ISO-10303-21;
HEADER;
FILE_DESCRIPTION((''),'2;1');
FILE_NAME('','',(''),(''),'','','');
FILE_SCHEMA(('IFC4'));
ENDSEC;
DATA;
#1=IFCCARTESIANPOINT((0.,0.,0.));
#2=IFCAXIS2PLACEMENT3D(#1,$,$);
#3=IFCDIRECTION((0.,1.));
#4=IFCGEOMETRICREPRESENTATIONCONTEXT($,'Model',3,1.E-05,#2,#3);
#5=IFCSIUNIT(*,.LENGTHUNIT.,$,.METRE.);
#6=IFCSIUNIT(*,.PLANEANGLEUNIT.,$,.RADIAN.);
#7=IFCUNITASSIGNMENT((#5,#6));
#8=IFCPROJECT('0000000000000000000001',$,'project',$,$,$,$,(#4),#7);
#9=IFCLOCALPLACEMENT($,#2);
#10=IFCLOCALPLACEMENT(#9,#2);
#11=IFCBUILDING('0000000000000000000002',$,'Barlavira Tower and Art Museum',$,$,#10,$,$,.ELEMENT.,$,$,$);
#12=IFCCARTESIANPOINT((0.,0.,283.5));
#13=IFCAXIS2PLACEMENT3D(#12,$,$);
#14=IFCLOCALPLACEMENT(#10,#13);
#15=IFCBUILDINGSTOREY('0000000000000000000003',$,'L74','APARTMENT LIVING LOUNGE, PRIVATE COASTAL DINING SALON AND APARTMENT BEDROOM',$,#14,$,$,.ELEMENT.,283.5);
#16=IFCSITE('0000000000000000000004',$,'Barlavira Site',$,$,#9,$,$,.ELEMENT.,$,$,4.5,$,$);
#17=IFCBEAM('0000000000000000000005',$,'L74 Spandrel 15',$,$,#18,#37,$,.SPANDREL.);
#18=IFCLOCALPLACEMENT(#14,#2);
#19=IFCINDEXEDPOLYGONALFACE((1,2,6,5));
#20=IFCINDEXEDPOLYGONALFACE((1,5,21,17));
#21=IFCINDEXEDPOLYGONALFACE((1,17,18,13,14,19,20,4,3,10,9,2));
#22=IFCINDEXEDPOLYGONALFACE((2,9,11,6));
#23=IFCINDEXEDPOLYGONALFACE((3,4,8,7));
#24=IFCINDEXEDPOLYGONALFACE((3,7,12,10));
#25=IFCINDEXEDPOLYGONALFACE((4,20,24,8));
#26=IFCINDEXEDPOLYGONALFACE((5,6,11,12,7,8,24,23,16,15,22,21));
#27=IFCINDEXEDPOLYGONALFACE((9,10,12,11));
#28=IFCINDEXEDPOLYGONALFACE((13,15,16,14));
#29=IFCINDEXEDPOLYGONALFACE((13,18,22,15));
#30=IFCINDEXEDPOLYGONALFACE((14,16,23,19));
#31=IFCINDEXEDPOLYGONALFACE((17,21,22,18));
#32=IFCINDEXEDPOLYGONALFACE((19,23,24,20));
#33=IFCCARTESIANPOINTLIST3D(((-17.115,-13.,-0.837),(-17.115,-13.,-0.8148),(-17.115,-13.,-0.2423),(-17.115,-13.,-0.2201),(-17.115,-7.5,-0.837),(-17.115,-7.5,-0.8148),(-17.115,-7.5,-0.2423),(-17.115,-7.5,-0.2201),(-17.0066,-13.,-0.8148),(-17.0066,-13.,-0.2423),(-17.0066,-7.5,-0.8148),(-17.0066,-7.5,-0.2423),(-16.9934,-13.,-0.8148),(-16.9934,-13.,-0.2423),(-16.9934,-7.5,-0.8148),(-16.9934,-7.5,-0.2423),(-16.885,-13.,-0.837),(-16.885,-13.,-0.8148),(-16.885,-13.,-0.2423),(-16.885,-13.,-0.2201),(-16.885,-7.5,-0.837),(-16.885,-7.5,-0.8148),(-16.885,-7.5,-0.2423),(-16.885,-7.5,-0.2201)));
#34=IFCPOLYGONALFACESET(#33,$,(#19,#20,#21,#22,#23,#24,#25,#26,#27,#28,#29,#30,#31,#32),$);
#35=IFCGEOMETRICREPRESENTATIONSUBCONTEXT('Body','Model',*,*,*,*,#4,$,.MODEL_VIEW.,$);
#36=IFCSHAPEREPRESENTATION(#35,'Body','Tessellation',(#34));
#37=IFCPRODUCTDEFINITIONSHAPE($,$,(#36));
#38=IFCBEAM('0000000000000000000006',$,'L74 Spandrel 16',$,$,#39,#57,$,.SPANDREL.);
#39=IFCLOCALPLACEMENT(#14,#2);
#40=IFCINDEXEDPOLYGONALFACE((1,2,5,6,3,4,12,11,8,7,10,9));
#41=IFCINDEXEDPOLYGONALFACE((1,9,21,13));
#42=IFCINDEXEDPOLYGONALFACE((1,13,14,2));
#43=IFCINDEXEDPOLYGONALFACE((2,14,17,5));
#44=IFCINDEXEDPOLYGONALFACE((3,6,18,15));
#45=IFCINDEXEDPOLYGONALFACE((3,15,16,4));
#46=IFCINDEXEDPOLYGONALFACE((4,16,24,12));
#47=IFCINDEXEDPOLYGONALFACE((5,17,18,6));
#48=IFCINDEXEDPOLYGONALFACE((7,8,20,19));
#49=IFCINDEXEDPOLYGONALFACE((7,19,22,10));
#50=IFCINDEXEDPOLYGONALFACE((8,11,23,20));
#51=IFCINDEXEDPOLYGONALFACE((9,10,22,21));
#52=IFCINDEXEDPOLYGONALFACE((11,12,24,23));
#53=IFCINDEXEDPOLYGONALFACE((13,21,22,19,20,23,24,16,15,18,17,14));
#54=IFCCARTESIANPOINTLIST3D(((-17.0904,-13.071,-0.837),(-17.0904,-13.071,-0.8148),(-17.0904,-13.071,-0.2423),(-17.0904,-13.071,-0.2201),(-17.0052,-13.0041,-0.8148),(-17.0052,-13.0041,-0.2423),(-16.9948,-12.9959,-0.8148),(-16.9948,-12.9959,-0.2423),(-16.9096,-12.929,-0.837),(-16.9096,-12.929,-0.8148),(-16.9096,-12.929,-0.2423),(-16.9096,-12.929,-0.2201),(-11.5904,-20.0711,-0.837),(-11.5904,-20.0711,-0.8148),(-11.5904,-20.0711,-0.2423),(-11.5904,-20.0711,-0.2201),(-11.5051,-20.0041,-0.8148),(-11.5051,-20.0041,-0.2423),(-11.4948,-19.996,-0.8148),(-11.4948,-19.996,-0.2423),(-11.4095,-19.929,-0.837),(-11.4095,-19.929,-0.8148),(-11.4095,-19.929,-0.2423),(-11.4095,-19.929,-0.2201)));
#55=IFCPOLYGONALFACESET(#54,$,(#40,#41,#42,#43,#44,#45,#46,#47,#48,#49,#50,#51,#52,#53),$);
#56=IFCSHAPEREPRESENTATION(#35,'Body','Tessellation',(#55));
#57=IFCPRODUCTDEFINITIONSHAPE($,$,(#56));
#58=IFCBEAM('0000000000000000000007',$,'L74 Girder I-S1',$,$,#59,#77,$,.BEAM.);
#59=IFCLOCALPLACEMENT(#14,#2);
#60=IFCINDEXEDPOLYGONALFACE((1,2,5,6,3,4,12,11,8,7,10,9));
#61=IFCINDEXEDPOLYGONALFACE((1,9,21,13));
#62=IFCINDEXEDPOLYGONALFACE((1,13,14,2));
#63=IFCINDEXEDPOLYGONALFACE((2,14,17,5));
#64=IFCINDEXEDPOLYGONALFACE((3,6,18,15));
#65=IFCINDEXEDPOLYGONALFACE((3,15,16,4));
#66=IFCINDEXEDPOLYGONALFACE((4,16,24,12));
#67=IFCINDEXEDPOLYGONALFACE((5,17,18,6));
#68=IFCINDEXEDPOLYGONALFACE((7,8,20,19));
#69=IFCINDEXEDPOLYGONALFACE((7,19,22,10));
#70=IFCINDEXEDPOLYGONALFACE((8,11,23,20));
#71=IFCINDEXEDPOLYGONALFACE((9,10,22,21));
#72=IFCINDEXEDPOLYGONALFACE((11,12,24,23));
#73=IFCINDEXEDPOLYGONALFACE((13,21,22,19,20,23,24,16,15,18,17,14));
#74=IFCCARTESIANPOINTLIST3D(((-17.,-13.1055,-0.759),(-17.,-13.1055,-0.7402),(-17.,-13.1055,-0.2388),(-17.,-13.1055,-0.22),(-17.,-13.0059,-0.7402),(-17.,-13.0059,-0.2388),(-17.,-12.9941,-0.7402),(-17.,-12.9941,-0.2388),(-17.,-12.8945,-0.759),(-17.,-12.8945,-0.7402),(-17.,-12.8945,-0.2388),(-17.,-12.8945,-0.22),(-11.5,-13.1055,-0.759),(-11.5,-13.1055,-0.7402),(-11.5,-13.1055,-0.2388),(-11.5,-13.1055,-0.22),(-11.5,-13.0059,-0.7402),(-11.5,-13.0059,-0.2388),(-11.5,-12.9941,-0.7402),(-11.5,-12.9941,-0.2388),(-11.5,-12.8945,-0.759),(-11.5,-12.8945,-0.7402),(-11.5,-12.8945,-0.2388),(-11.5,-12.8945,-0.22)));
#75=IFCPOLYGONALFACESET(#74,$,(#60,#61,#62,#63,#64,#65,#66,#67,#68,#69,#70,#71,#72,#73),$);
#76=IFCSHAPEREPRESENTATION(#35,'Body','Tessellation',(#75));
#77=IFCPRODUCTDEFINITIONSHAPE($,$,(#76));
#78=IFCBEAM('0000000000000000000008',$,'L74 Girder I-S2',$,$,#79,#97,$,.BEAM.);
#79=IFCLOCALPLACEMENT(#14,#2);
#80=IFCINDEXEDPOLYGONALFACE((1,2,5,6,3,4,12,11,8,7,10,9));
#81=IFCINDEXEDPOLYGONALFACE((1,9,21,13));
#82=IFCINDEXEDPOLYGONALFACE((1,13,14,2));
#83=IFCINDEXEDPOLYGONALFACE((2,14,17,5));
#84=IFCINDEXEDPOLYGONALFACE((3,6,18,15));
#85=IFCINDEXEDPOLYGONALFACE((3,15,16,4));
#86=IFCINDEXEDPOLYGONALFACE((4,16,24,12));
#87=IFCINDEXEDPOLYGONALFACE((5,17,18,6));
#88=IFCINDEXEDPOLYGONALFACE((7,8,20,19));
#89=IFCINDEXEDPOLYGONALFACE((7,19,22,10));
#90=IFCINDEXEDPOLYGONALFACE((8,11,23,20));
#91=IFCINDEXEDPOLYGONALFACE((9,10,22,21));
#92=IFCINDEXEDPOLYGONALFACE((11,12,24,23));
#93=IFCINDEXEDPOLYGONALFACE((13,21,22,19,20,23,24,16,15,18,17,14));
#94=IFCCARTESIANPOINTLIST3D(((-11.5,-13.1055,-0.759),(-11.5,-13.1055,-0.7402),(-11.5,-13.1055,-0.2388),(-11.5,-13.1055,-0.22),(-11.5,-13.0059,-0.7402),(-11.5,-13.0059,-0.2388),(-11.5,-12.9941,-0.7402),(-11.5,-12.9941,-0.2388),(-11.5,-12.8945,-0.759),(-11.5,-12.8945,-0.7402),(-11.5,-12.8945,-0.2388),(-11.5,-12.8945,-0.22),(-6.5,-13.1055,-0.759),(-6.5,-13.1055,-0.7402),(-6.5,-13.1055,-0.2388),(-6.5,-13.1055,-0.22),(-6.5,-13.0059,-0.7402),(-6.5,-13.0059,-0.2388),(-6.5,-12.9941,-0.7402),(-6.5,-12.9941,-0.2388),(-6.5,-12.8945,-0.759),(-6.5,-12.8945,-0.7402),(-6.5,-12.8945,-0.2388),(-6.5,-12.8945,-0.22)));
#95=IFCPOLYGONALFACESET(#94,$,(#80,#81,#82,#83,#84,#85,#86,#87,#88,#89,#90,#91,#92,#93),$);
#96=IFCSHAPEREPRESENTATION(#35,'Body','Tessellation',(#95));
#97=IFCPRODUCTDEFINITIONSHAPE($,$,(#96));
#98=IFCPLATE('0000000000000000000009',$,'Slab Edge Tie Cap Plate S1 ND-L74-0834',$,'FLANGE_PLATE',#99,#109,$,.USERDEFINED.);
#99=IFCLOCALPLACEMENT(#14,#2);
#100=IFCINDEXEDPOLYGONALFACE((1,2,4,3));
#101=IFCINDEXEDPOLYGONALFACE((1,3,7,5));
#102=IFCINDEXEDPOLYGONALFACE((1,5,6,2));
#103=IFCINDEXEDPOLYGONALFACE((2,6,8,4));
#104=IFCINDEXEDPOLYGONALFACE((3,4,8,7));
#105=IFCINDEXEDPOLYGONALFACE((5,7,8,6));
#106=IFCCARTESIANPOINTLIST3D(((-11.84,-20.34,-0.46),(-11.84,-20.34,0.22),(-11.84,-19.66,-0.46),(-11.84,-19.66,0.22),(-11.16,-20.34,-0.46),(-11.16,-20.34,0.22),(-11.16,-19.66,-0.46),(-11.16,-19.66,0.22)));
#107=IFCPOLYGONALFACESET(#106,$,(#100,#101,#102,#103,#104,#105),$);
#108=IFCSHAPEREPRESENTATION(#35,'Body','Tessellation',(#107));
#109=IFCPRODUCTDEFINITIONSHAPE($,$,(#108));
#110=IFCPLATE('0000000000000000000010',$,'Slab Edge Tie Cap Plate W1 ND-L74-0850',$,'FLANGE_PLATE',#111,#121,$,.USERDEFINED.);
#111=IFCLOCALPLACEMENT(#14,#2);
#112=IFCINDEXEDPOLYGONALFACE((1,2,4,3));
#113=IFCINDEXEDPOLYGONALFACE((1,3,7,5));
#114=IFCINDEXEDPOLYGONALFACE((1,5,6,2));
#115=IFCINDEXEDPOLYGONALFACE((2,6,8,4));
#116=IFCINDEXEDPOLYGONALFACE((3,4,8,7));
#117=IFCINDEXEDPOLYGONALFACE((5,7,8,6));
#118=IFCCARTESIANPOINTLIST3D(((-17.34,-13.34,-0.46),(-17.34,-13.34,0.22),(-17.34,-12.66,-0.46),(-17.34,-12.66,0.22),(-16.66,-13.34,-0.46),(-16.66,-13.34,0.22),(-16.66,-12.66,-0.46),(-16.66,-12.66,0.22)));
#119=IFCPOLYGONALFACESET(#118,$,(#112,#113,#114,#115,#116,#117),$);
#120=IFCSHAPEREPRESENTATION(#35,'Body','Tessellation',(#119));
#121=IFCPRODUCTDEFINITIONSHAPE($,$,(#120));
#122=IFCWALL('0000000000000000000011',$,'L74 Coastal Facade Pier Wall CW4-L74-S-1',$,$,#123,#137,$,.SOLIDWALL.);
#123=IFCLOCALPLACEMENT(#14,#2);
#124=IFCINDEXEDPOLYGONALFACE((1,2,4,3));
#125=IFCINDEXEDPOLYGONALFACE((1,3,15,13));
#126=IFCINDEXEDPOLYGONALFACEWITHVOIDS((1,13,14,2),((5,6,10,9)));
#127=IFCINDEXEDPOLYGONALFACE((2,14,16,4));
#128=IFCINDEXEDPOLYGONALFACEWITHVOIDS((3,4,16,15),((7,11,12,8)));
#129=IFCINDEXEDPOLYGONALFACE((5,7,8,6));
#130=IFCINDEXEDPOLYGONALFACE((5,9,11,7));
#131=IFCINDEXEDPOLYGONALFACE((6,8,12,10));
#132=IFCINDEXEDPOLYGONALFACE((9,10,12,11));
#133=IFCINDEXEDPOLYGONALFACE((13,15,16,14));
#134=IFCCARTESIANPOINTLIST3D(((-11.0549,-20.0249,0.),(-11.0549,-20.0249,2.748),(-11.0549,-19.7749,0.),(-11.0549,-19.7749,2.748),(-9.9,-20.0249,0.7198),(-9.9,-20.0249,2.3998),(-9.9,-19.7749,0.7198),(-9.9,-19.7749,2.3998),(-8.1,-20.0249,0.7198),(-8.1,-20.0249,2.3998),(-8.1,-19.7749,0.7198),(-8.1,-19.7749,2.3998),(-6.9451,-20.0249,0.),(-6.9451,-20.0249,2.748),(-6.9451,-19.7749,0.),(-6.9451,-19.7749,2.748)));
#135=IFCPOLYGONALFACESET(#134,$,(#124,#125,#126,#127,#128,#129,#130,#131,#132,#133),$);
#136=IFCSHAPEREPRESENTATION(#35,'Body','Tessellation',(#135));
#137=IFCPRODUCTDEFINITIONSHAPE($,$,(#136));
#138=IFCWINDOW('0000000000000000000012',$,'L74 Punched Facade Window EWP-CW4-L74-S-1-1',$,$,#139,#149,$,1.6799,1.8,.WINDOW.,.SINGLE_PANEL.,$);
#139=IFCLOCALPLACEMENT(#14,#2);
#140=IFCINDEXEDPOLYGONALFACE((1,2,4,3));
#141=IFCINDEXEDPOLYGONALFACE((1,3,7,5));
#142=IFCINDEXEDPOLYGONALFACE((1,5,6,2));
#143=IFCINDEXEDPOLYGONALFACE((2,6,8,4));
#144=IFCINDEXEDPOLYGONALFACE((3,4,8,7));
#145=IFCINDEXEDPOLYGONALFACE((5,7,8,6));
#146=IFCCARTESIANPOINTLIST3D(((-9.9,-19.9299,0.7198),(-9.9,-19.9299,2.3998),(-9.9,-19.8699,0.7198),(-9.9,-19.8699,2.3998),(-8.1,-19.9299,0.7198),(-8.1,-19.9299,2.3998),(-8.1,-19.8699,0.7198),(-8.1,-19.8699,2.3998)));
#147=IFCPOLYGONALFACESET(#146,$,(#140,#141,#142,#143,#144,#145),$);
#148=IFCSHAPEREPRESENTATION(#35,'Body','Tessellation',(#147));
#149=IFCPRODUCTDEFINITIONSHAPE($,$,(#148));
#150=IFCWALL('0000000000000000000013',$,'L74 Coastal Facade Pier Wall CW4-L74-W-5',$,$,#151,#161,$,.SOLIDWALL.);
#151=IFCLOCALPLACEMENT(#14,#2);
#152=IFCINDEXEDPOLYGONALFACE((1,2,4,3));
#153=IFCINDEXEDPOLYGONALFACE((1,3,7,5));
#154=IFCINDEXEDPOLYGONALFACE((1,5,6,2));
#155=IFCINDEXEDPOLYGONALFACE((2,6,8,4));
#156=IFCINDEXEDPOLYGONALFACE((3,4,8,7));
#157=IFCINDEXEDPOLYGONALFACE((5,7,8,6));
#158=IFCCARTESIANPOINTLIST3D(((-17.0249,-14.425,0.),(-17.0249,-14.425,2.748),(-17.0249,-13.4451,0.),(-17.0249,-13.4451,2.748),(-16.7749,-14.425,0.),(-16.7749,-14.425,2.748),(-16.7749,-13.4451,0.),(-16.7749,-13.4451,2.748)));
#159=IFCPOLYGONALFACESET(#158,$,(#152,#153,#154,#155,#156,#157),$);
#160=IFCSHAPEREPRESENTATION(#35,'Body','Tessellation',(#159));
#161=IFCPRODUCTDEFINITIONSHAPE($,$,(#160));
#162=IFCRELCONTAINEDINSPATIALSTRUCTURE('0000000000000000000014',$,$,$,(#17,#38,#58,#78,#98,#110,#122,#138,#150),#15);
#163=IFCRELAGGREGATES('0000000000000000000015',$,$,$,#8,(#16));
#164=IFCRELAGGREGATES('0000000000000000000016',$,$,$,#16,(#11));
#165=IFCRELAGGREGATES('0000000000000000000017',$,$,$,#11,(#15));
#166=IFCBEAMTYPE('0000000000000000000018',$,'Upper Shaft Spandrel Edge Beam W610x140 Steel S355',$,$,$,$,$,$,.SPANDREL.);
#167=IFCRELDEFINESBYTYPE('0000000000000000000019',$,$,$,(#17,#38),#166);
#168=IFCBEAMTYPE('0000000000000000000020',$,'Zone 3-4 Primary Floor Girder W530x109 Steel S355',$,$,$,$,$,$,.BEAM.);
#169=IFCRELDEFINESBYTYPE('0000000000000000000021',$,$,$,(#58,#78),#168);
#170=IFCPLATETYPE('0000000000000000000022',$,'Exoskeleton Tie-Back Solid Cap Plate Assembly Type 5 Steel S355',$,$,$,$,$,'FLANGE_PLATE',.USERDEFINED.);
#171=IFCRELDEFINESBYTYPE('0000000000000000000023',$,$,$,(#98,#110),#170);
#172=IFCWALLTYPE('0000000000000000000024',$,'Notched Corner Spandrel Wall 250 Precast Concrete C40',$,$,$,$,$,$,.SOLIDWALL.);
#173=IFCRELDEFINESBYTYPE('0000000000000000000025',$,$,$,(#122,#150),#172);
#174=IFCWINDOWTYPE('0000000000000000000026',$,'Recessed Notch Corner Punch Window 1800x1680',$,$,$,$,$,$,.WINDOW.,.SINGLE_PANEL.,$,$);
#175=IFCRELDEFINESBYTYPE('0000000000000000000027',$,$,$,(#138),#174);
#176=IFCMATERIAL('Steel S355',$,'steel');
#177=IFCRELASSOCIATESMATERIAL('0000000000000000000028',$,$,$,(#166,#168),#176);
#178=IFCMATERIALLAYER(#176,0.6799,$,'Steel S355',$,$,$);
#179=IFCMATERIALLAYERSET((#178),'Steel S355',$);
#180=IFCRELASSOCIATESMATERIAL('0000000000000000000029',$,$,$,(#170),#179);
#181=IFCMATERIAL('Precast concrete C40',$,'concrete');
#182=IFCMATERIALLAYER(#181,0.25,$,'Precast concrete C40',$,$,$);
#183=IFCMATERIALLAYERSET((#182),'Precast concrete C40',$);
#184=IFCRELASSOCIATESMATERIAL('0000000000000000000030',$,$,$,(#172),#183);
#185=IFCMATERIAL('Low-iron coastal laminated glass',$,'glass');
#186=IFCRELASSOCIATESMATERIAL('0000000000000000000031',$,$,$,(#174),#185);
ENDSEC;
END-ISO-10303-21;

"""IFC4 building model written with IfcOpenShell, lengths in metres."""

from ifc_helpers import new_model, si_unit, direction, frame, frame_2d, origin, origin_2d, place, context, subcontext, project, spatial, rectangle, i_section, extrude, material, layer, layer_set, material_profile, profile_set, type_object, element, fill, save


model = new_model("IFC4")

# Units and contexts
model_context = context("Model", 3, precision=1e-05, world=origin(), true_north=direction((0.0, 1.0)))
body_context = subcontext(model_context, "Body", "Model", "MODEL_VIEW")
ifc_project = project(units=[si_unit("LENGTHUNIT", "METRE"), si_unit("PLANEANGLEUNIT", "RADIAN")], contexts=[model_context])

# Site, building, storey
site_placement = place(None, origin())
site = spatial("IfcSite", under=ifc_project, at=site_placement, Name="Barlavira Site", CompositionType="ELEMENT", RefElevation=4.5)
building_placement = place(site_placement, origin())
building = spatial("IfcBuilding", under=site, at=building_placement, Name="Barlavira Tower and Art Museum", CompositionType="ELEMENT")
storey_placement = place(building_placement, frame((0.0, 0.0, 283.5)))
storey = spatial("IfcBuildingStorey", under=building, at=storey_placement, Name="L74", Description="APARTMENT LIVING LOUNGE, PRIVATE COASTAL DINING SALON AND APARTMENT BEDROOM", CompositionType="ELEMENT", Elevation=283.5)

# Shared definitions
ifc_material_1 = material(Name="Steel S355", Category="steel")

# Beams
ifc_material_profile_1 = material_profile(ifc_material_1, i_section(OverallWidth=0.23, OverallDepth=0.6169, WebThickness=0.0132, FlangeThickness=0.0222, at=origin_2d()), Name="W610x140.0")
ifc_profile_set_1 = profile_set([ifc_material_profile_1], Name="Steel S355")
beam_type_1 = type_object("IfcBeamType", Name="Upper Shaft Spandrel Edge Beam W610x140 Steel S355", PredefinedType="SPANDREL", material=ifc_profile_set_1)
beam_1_placement = place(storey_placement, frame((-17.0, -13.0, -0.5286), z_axis=(0.0, 1.0, 0.0), x_axis=(-1.0, 0.0, 0.0)))
element("IfcBeam", 1, at=beam_1_placement, inside=storey, type_object=beam_type_1, Name="L74 Spandrel 15", PredefinedType="SPANDREL", context=body_context, shape_type="SweptSolid", body=[
    extrude(i_section(OverallWidth=0.23, OverallDepth=0.6169, WebThickness=0.0132, FlangeThickness=0.0222, at=origin_2d()), origin(), (0.0, 0.0, 1.0), 5.5),
])
beam_2_placement = place(storey_placement, frame((-17.0, -13.0, -0.5286), z_axis=(0.617822, -0.786318, 0.0), x_axis=(0.786318, 0.617822, 0.0)))
element("IfcBeam", 2, at=beam_2_placement, inside=storey, type_object=beam_type_1, Name="L74 Spandrel 16", PredefinedType="SPANDREL", context=body_context, shape_type="SweptSolid", body=[
    extrude(i_section(OverallWidth=0.23, OverallDepth=0.6169, WebThickness=0.0132, FlangeThickness=0.0222, at=origin_2d()), origin(), (0.0, 0.0, 1.0), 8.9023),
])
ifc_material_profile_2 = material_profile(ifc_material_1, i_section(OverallWidth=0.2109, OverallDepth=0.5391, WebThickness=0.0117, FlangeThickness=0.0188, at=origin_2d()), Name="W530x109.0")
ifc_profile_set_2 = profile_set([ifc_material_profile_2], Name="Steel S355")
beam_type_2 = type_object("IfcBeamType", Name="Zone 3-4 Primary Floor Girder W530x109 Steel S355", PredefinedType="BEAM", material=ifc_profile_set_2)
beam_3_placement = place(storey_placement, frame((-17.0, -13.0, -0.4895), z_axis=(1.0, 0.0, 0.0), x_axis=(0.0, 1.0, 0.0)))
element("IfcBeam", 3, at=beam_3_placement, inside=storey, type_object=beam_type_2, Name="L74 Girder I-S1", PredefinedType="BEAM", context=body_context, shape_type="SweptSolid", body=[
    extrude(i_section(OverallWidth=0.2109, OverallDepth=0.5391, WebThickness=0.0117, FlangeThickness=0.0188, at=origin_2d()), origin(), (0.0, 0.0, 1.0), 5.5),
])
beam_4_placement = place(storey_placement, frame((-11.5, -13.0, -0.4895), z_axis=(1.0, 0.0, 0.0), x_axis=(0.0, 1.0, 0.0)))
element("IfcBeam", 4, at=beam_4_placement, inside=storey, type_object=beam_type_2, Name="L74 Girder I-S2", PredefinedType="BEAM", context=body_context, shape_type="SweptSolid", body=[
    extrude(i_section(OverallWidth=0.2109, OverallDepth=0.5391, WebThickness=0.0117, FlangeThickness=0.0188, at=origin_2d()), origin(), (0.0, 0.0, 1.0), 5.0),
])

# Plates
ifc_layer_1 = layer(ifc_material_1, 0.6799, Name="Steel S355")
ifc_layer_set_1 = layer_set([ifc_layer_1], Name="Steel S355")
plate_type = type_object("IfcPlateType", Name="Exoskeleton Tie-Back Solid Cap Plate Assembly Type 5 Steel S355", ElementType="FLANGE_PLATE", PredefinedType="USERDEFINED", material=ifc_layer_set_1)
for number, where, z_axis, x_axis, name in (
    (5, (-11.5, -20.0, -0.46), (0.0, 0.0, 1.0), (1.0, 0.0, 0.0), "Slab Edge Tie Cap Plate S1 ND-L74-0834"),
    (6, (-17.0, -13.0, -0.46), (0.0, 0.0, 1.0), (1.0, 0.0, 0.0), "Slab Edge Tie Cap Plate W1 ND-L74-0850"),
):
    element("IfcPlate", number, at=place(storey_placement, frame(where, z_axis=z_axis, x_axis=x_axis)), inside=storey, type_object=plate_type, Name=name, ObjectType="FLANGE_PLATE", PredefinedType="USERDEFINED", context=body_context, shape_type="SweptSolid", body=[
        extrude(rectangle(XDim=0.6799, YDim=0.6799, at=origin_2d()), origin(), (0.0, 0.0, 1.0), 0.6799),
    ])

# Wall, opening, window
ifc_material_2 = material(Name="Precast concrete C40", Category="concrete")
ifc_layer_2 = layer(ifc_material_2, 0.25, Name="Precast concrete C40")
ifc_layer_set_2 = layer_set([ifc_layer_2], Name="Precast concrete C40")
wall_type = type_object("IfcWallType", Name="Notched Corner Spandrel Wall 250 Precast Concrete C40", PredefinedType="SOLIDWALL", material=ifc_layer_set_2)
wall_1_placement = place(storey_placement, frame((-11.0549, -19.8999, 0.0), z_axis=(0.0, 0.0, 1.0), x_axis=(1.0, 0.0, 0.0)))
wall_1 = element("IfcWall", 7, at=wall_1_placement, inside=storey, type_object=wall_type, Name="L74 Coastal Facade Pier Wall CW4-L74-S-1", PredefinedType="SOLIDWALL", context=body_context, shape_type="SweptSolid", body=[
    extrude(rectangle(XDim=4.1099, YDim=0.25, at=frame_2d((2.0549, 0.0))), origin(), (0.0, 0.0, 1.0), 2.748),
])
opening_1_placement = place(wall_1_placement, frame((1.155, 0.0, 0.72)))
opening_1 = element("IfcOpeningElement", 8, at=opening_1_placement, cuts=wall_1, PredefinedType="OPENING", context=body_context, shape_type="SweptSolid", body=[
    extrude(rectangle(XDim=1.8, YDim=1.6799, at=frame_2d((0.8999, 0.8398))), frame((0.0, 0.135, 0.0), z_axis=(0.0, -1.0, 0.0), x_axis=(1.0, 0.0, 0.0)), (0.0, 0.0, 1.0), 0.27),
])
ifc_material_3 = material(Name="Low-iron coastal laminated glass", Category="glass")
window_type = type_object("IfcWindowType", Name="Recessed Notch Corner Punch Window 1800x1680", PartitioningType="SINGLE_PANEL", PredefinedType="WINDOW", material=ifc_material_3)
window_1_placement = place(opening_1_placement, origin())
window_1 = element("IfcWindow", 9, at=window_1_placement, inside=storey, type_object=window_type, Name="L74 Punched Facade Window EWP-CW4-L74-S-1-1", OverallHeight=1.6799, OverallWidth=1.8, PartitioningType="SINGLE_PANEL", PredefinedType="WINDOW", context=body_context, shape_type="SweptSolid", body=[
    extrude(rectangle(XDim=1.8, YDim=1.6799, at=frame_2d((0.8999, 0.8398))), frame((0.0, 0.03, 0.0), z_axis=(0.0, -1.0, 0.0), x_axis=(1.0, 0.0, 0.0)), (0.0, 0.0, 1.0), 0.0601),
])
fill(opening_1, window_1)

# Wall
wall_2_placement = place(storey_placement, frame((-16.8999, -13.4451, 0.0), z_axis=(0.0, 0.0, 1.0), x_axis=(0.0, -1.0, 0.0)))
element("IfcWall", 10, at=wall_2_placement, inside=storey, type_object=wall_type, Name="L74 Coastal Facade Pier Wall CW4-L74-W-5", PredefinedType="SOLIDWALL", context=body_context, shape_type="SweptSolid", body=[
    extrude(rectangle(XDim=0.98, YDim=0.25, at=frame_2d((0.49, 0.0))), origin(), (0.0, 0.0, 1.0), 2.748),
])

save(model, "model.ifc")
